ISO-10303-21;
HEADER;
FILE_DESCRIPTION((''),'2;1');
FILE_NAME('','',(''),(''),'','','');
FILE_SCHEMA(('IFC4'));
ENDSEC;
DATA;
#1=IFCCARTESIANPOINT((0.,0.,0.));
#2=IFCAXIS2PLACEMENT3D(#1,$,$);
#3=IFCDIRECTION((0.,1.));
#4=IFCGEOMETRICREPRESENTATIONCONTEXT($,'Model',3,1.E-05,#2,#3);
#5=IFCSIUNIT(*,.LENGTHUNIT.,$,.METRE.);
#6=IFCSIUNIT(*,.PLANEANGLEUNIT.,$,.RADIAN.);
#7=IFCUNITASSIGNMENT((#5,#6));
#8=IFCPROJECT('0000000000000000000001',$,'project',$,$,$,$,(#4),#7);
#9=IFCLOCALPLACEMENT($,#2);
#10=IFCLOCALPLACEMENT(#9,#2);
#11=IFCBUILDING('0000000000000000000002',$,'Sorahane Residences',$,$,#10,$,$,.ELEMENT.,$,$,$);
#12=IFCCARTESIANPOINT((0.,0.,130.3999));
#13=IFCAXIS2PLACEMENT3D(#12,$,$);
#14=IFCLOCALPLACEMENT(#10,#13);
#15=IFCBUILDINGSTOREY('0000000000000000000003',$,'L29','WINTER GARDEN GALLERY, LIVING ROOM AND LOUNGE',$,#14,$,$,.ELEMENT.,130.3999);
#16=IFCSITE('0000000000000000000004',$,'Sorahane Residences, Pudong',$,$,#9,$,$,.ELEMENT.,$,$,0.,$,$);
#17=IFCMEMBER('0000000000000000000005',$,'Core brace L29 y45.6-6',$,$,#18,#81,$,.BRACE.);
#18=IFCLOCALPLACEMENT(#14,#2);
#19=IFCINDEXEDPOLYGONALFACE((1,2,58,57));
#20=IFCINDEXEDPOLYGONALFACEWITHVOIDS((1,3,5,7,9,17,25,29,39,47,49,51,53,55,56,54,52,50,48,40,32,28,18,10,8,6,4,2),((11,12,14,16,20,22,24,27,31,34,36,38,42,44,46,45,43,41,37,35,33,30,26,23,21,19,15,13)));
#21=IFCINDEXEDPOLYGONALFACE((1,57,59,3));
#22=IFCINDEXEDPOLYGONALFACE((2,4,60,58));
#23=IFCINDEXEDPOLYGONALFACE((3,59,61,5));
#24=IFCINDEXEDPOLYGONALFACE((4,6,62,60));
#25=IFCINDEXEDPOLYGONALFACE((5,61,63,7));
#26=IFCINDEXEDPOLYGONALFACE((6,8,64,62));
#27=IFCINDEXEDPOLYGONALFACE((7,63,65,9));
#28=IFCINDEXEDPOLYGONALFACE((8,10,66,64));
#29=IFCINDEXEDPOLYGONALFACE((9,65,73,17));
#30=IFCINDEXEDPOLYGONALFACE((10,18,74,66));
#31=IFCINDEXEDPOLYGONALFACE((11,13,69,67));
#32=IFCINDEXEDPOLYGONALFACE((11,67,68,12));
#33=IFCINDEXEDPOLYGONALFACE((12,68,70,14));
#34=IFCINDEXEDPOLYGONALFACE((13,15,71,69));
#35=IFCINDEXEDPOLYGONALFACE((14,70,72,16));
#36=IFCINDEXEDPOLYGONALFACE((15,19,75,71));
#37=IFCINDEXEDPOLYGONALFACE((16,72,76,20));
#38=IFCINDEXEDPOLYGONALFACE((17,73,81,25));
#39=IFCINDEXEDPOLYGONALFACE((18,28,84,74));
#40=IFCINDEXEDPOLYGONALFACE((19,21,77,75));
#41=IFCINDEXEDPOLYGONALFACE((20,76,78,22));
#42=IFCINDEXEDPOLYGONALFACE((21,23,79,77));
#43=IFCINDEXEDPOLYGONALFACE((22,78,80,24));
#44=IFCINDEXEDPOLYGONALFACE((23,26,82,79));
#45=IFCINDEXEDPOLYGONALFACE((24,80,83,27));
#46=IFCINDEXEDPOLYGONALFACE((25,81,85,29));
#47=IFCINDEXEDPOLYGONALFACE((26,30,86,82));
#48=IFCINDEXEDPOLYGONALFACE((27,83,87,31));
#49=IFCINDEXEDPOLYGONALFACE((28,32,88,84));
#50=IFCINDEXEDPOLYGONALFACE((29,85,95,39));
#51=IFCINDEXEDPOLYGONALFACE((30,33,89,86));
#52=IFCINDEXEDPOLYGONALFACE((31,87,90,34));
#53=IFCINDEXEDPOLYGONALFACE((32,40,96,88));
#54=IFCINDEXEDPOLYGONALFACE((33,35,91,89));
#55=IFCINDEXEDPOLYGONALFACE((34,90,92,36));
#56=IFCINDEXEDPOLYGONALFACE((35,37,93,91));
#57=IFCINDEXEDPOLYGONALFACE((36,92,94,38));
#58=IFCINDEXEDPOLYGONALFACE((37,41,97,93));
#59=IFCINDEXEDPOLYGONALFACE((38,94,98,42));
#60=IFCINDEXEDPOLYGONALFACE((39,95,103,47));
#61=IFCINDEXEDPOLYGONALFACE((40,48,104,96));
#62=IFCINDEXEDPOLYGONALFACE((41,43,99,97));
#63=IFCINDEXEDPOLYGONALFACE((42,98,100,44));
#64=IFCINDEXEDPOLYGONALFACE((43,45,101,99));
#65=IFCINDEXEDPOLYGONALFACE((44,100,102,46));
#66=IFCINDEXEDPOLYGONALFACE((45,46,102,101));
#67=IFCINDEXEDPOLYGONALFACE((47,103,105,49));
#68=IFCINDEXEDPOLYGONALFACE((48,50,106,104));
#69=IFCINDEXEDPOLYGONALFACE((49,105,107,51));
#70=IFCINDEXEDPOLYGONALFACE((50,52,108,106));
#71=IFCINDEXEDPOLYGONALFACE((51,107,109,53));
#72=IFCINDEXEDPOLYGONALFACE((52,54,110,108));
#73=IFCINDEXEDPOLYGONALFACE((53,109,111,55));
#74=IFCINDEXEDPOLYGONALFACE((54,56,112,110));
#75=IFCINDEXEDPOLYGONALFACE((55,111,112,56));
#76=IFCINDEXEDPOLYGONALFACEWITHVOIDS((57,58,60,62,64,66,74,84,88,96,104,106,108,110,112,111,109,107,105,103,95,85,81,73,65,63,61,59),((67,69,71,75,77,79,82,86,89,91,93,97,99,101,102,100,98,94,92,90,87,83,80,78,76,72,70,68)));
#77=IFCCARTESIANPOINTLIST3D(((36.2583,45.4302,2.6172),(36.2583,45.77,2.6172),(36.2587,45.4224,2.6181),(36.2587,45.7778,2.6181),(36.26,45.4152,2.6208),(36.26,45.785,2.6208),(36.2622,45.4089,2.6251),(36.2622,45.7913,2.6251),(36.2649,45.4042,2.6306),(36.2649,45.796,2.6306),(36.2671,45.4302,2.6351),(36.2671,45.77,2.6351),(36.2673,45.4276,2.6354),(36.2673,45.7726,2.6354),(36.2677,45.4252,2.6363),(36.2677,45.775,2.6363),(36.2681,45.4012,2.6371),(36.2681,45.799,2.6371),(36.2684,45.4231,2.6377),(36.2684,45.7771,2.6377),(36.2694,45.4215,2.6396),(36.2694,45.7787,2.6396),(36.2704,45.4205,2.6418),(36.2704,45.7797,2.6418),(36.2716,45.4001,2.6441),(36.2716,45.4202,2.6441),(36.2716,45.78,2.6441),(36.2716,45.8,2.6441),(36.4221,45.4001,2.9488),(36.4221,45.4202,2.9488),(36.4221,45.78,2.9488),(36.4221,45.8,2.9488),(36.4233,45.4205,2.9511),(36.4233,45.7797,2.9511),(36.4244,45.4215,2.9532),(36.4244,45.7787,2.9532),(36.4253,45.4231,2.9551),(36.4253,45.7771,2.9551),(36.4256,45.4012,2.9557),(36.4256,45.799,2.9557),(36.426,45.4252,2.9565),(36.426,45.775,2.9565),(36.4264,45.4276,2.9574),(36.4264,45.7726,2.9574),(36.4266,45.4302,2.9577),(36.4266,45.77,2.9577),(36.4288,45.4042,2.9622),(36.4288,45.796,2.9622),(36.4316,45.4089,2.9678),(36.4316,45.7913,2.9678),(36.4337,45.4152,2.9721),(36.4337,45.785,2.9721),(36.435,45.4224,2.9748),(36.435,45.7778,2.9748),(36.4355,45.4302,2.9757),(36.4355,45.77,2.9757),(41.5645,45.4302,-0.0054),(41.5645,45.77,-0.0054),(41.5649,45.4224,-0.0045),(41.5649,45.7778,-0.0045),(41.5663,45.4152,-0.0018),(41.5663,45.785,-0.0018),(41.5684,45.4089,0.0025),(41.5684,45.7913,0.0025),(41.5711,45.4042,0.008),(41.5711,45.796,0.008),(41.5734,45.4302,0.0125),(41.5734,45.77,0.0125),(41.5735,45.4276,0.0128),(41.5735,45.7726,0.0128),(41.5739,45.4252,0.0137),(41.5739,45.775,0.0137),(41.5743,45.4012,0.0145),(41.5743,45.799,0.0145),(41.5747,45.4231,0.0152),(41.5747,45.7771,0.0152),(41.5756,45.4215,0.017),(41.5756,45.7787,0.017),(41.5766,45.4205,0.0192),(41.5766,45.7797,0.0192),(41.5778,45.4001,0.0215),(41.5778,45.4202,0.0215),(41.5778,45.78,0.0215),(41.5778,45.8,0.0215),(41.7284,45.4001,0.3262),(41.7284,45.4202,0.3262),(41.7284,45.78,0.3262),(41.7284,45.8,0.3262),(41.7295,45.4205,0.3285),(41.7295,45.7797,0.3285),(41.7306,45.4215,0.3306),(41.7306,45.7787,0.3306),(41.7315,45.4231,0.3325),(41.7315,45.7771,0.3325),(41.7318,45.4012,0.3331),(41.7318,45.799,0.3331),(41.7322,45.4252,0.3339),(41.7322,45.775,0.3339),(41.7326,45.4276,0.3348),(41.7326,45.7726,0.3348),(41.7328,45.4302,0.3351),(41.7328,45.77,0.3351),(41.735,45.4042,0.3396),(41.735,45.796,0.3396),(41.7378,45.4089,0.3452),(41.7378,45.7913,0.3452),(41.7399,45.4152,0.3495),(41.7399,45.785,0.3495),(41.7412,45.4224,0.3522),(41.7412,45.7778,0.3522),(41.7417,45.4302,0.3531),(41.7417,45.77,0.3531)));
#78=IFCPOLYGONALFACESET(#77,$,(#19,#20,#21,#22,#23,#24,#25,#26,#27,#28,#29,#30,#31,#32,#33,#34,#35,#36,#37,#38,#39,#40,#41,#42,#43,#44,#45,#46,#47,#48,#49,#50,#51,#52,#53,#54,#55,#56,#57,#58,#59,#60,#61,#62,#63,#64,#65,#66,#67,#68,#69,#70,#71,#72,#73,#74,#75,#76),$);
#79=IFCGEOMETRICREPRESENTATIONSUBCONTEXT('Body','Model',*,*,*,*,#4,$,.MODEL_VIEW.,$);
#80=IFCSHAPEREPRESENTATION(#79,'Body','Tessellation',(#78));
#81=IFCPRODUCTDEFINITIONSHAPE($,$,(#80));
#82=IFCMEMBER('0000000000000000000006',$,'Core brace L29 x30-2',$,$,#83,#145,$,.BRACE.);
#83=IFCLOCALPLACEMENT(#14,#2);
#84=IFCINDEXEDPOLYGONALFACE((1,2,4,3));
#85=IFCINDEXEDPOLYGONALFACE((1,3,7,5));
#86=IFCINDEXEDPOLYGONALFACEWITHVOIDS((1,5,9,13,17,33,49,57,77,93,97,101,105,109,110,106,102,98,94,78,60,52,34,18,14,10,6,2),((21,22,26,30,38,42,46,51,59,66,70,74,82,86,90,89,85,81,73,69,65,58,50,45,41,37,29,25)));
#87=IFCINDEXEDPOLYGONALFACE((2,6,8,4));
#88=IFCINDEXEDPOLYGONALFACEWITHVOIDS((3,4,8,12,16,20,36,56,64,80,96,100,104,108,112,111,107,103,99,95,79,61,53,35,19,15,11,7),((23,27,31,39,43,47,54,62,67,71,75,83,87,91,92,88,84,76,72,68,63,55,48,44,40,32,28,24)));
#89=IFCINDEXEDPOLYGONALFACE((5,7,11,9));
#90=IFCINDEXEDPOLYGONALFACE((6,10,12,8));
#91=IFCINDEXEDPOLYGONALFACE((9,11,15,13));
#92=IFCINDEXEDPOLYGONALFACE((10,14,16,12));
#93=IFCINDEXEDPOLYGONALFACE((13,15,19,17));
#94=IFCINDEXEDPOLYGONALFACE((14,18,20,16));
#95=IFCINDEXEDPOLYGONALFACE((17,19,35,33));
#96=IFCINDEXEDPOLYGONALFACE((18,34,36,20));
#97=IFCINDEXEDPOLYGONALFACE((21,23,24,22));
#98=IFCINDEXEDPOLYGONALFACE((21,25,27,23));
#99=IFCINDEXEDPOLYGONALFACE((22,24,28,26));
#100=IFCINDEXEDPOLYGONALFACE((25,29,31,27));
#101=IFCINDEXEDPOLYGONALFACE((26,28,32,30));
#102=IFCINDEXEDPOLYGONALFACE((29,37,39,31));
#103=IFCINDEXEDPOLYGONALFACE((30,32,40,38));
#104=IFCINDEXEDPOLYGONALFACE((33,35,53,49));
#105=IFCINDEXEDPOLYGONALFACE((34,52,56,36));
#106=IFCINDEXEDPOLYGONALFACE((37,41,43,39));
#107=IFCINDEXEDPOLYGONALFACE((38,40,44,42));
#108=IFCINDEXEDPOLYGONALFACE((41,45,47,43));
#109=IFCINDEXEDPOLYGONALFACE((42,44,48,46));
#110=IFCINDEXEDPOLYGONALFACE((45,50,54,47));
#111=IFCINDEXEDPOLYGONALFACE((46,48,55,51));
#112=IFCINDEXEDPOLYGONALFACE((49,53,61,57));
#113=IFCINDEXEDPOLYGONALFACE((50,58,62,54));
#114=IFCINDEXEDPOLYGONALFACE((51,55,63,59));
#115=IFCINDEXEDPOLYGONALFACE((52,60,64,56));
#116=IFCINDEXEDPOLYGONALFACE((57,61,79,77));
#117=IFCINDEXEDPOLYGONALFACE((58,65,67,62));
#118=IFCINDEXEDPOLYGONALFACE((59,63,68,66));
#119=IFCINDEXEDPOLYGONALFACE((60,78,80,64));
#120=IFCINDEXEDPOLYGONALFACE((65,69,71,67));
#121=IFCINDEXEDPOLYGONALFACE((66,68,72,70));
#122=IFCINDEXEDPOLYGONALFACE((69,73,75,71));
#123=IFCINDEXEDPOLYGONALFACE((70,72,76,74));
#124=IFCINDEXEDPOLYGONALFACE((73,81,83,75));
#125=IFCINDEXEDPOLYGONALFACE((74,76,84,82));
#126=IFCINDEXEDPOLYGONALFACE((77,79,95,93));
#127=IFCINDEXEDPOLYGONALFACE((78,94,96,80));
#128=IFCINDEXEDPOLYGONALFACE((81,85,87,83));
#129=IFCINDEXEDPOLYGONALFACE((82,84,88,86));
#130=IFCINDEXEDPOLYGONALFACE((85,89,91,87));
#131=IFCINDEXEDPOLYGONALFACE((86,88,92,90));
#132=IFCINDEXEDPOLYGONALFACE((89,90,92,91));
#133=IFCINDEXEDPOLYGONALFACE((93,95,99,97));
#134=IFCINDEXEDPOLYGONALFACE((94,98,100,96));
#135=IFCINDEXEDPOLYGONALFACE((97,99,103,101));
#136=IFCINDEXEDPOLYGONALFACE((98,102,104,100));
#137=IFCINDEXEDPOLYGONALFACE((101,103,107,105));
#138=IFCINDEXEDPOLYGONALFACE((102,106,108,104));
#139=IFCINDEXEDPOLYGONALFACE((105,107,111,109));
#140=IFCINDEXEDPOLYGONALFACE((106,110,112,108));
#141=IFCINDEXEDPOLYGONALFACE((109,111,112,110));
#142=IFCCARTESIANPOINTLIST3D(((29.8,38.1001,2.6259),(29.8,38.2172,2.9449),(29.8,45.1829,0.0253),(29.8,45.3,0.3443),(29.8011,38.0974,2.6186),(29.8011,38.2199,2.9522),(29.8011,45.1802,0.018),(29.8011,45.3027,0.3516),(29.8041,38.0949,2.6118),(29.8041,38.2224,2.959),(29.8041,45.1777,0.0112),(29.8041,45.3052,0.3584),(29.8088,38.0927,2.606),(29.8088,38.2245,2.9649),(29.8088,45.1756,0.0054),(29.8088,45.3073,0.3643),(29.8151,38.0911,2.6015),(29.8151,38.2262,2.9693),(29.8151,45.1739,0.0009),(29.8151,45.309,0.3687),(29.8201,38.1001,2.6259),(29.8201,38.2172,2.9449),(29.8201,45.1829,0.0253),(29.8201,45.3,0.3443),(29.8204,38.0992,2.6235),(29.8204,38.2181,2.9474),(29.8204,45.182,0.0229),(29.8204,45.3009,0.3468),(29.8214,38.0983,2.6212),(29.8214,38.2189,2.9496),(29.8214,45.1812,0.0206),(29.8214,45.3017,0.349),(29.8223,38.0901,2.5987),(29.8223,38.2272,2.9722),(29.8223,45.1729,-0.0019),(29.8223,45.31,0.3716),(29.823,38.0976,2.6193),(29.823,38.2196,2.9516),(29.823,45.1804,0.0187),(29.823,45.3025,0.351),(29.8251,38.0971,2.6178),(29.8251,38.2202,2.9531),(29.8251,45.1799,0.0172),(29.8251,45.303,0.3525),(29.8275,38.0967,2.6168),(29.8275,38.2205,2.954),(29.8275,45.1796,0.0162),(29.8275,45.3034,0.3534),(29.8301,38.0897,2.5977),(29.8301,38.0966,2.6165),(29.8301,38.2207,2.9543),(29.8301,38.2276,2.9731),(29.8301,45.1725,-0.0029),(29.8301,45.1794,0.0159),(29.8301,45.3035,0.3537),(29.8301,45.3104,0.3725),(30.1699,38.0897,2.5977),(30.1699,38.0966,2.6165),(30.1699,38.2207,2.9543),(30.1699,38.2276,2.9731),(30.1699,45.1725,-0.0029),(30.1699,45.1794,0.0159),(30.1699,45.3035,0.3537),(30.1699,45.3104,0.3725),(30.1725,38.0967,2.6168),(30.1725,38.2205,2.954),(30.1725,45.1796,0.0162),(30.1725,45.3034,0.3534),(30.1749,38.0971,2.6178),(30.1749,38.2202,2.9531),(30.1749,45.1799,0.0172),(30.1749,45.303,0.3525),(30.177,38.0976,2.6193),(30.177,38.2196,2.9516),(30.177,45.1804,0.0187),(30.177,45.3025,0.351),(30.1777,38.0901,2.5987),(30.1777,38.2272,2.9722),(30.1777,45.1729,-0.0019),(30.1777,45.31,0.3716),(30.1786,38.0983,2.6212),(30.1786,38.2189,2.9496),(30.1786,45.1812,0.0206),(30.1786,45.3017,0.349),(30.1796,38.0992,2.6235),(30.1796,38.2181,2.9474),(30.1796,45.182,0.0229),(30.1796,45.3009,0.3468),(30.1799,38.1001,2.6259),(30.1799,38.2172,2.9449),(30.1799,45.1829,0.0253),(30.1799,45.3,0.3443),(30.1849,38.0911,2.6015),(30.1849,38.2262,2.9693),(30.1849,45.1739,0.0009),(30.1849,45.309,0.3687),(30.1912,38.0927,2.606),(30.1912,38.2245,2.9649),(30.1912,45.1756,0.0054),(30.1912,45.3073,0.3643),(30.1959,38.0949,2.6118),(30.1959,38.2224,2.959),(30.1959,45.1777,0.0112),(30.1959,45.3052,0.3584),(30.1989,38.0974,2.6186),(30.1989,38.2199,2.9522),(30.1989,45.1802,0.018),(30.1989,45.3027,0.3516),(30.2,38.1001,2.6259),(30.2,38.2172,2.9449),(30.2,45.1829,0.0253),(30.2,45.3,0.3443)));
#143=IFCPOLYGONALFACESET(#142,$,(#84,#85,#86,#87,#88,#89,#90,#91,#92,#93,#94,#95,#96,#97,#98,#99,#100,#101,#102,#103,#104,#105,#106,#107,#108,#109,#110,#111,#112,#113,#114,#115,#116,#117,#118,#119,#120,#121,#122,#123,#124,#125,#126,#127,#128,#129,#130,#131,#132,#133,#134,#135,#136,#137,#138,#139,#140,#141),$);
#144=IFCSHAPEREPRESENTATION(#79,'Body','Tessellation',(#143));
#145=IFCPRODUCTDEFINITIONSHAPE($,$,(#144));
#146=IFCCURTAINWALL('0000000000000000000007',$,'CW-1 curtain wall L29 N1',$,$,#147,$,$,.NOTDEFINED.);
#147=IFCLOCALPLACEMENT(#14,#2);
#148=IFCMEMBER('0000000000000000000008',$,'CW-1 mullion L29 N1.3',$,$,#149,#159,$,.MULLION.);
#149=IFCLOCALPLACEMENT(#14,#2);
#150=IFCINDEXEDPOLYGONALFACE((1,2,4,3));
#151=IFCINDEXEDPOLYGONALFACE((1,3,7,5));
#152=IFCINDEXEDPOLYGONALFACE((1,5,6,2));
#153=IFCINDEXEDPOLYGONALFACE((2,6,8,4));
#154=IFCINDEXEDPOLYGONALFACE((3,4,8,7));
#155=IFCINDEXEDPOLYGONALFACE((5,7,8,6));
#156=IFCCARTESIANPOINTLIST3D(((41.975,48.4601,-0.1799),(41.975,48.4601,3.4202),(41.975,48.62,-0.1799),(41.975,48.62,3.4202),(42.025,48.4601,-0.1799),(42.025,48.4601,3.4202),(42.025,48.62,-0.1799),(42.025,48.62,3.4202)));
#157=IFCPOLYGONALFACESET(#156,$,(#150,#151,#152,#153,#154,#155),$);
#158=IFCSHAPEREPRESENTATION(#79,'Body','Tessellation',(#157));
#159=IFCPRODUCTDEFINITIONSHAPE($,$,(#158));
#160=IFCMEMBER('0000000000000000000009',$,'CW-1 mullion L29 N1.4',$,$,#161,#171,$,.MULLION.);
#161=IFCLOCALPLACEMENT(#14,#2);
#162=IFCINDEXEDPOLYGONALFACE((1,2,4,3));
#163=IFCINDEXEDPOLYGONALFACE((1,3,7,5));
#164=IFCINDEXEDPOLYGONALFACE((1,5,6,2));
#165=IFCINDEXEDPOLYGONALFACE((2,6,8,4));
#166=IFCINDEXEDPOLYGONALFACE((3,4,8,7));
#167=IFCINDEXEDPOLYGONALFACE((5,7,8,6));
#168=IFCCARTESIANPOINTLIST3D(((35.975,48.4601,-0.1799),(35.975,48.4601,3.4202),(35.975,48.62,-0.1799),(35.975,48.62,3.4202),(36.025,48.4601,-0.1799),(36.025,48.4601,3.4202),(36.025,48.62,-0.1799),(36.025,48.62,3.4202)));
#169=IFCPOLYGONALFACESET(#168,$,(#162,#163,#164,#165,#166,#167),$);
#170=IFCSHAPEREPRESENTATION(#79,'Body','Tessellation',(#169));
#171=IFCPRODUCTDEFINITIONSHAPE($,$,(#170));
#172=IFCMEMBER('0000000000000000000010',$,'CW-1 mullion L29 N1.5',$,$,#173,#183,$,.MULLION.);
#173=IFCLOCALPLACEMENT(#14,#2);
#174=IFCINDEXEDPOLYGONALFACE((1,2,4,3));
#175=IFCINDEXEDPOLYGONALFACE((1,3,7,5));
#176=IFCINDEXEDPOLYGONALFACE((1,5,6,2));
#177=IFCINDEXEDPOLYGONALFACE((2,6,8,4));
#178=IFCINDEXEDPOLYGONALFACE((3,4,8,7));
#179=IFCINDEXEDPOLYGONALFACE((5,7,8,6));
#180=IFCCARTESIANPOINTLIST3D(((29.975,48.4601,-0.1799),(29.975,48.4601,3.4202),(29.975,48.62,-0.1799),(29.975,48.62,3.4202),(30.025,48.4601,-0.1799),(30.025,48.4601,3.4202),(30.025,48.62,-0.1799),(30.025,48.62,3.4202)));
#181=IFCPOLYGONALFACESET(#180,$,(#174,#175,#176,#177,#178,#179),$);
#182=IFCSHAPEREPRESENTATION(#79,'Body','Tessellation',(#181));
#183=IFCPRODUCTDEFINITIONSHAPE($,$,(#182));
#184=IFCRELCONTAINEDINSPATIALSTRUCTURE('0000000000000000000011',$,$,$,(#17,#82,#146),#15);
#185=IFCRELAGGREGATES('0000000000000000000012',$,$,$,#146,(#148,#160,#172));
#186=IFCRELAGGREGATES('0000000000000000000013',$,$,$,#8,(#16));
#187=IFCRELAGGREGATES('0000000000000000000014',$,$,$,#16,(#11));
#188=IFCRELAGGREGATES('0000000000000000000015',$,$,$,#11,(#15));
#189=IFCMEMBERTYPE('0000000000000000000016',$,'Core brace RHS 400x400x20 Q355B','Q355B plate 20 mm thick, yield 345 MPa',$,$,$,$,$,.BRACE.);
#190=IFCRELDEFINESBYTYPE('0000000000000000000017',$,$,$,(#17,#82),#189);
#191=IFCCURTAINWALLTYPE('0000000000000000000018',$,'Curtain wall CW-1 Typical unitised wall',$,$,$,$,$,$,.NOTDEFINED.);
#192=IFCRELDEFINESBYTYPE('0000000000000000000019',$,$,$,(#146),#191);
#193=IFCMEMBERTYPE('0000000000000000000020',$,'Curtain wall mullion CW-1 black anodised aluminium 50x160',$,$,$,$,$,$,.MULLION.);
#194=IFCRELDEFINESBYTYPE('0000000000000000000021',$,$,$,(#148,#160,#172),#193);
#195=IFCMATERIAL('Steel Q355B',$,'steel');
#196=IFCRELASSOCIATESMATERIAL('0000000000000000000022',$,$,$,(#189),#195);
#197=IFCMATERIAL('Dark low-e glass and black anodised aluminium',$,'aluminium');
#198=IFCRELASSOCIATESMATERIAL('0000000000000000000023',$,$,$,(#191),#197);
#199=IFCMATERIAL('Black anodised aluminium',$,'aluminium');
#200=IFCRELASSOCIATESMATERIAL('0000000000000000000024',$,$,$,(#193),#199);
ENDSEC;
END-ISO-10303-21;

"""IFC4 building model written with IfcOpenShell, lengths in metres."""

from ifc_helpers import new_model, si_unit, direction, frame, origin, origin_2d, place, context, subcontext, project, spatial, rectangle, hollow_rectangle, extrude, material, material_profile, profile_set, type_object, element, aggregate, save


model = new_model("IFC4")

# Units and contexts
model_context = context("Model", 3, precision=1e-05, world=origin(), true_north=direction((0.0, 1.0)))
body_context = subcontext(model_context, "Body", "Model", "MODEL_VIEW")
ifc_project = project(units=[si_unit("LENGTHUNIT", "METRE"), si_unit("PLANEANGLEUNIT", "RADIAN")], contexts=[model_context])

# Site, building, storey
site_placement = place(None, origin())
site = spatial("IfcSite", under=ifc_project, at=site_placement, Name="Sorahane Residences, Pudong", CompositionType="ELEMENT", RefElevation=0.0)
building_placement = place(site_placement, origin())
building = spatial("IfcBuilding", under=site, at=building_placement, Name="Sorahane Residences", CompositionType="ELEMENT")
storey_placement = place(building_placement, frame((0.0, 0.0, 130.3999)))
storey = spatial("IfcBuildingStorey", under=building, at=storey_placement, Name="L29", Description="WINTER GARDEN GALLERY, LIVING ROOM AND LOUNGE", CompositionType="ELEMENT", Elevation=130.3999)

# Members
ifc_material_1 = material(Name="Steel Q355B", Category="steel")
ifc_material_profile_1 = material_profile(ifc_material_1, hollow_rectangle(XDim=0.3999, YDim=0.3999, WallThickness=0.02, InnerFilletRadius=0.01, OuterFilletRadius=0.03, at=origin_2d()), Name="RHS 400x400x20")
ifc_profile_set_1 = profile_set([ifc_material_profile_1], Name="Steel Q355B")
member_type_1 = type_object("IfcMemberType", Name="Core brace RHS 400x400x20 Q355B", Description="Q355B plate 20 mm thick, yield 345 MPa", PredefinedType="BRACE", material=ifc_profile_set_1)
for number, where, z_axis, x_axis, name in (
    (1, (41.6531, 45.6001, 0.1738), (-0.89648, 0.0, 0.443084), (0.0, -1.0, 0.0), "Core brace L29 y45.6-6"),
):
    element("IfcMember", number, at=place(storey_placement, frame(where, z_axis=z_axis, x_axis=x_axis)), inside=storey, type_object=member_type_1, Name=name, PredefinedType="BRACE", context=body_context, shape_type="SweptSolid", body=[
        extrude(hollow_rectangle(XDim=0.3999, YDim=0.3999, WallThickness=0.02, InnerFilletRadius=0.01, OuterFilletRadius=0.03, at=origin_2d()), origin(), (0.0, 0.0, 1.0), 5.9189),
    ])
member_1_placement = place(storey_placement, frame((30.0, 45.2415, 0.1848), z_axis=(0.0, -0.938723, 0.344672), x_axis=(1.0, 0.0, 0.0)))
element("IfcMember", 2, at=member_1_placement, inside=storey, type_object=member_type_1, Name="Core brace L29 x30-2", PredefinedType="BRACE", context=body_context, shape_type="SweptSolid", body=[
    extrude(hollow_rectangle(XDim=0.3999, YDim=0.3999, WallThickness=0.02, InnerFilletRadius=0.01, OuterFilletRadius=0.03, at=origin_2d()), origin(), (0.0, 0.0, 1.0), 7.5452),
])

# Curtain wall, members
ifc_material_2 = material(Name="Dark low-e glass and black anodised aluminium", Category="aluminium")
curtain_wall_type = type_object("IfcCurtainWallType", Name="Curtain wall CW-1 Typical unitised wall", PredefinedType="NOTDEFINED", material=ifc_material_2)
curtain_wall_placement = place(storey_placement, origin())
curtain_wall = element("IfcCurtainWall", 3, at=curtain_wall_placement, inside=storey, type_object=curtain_wall_type, Name="CW-1 curtain wall L29 N1", PredefinedType="NOTDEFINED")
ifc_material_3 = material(Name="Black anodised aluminium", Category="aluminium")
ifc_material_profile_2 = material_profile(ifc_material_3, rectangle(XDim=0.1599, YDim=0.05, at=origin_2d()), Name="Curtain wall mullion CW-1 black anodised aluminium 50x160")
ifc_profile_set_2 = profile_set([ifc_material_profile_2], Name="Black anodised aluminium")
member_type_2 = type_object("IfcMemberType", Name="Curtain wall mullion CW-1 black anodised aluminium 50x160", PredefinedType="MULLION", material=ifc_profile_set_2)
member_2_placement = place(storey_placement, frame((42.0, 48.54, -0.1799), z_axis=(0.0, 0.0, 1.0), x_axis=(0.0, 1.0, 0.0)))
member_2 = element("IfcMember", 4, at=member_2_placement, type_object=member_type_2, Name="CW-1 mullion L29 N1.3", PredefinedType="MULLION", context=body_context, shape_type="SweptSolid", body=[
    extrude(rectangle(XDim=0.1599, YDim=0.05, at=origin_2d()), origin(), (0.0, 0.0, 1.0), 3.6001),
])
member_3_placement = place(storey_placement, frame((36.0, 48.54, -0.1799), z_axis=(0.0, 0.0, 1.0), x_axis=(0.0, 1.0, 0.0)))
member_3 = element("IfcMember", 5, at=member_3_placement, type_object=member_type_2, Name="CW-1 mullion L29 N1.4", PredefinedType="MULLION", context=body_context, shape_type="SweptSolid", body=[
    extrude(rectangle(XDim=0.1599, YDim=0.05, at=origin_2d()), origin(), (0.0, 0.0, 1.0), 3.6001),
])
member_4_placement = place(storey_placement, frame((30.0, 48.54, -0.1799), z_axis=(0.0, 0.0, 1.0), x_axis=(0.0, 1.0, 0.0)))
member_4 = element("IfcMember", 6, at=member_4_placement, type_object=member_type_2, Name="CW-1 mullion L29 N1.5", PredefinedType="MULLION", context=body_context, shape_type="SweptSolid", body=[
    extrude(rectangle(XDim=0.1599, YDim=0.05, at=origin_2d()), origin(), (0.0, 0.0, 1.0), 3.6001),
])

aggregate(curtain_wall, [member_2, member_3, member_4])

save(model, "model.ifc")
